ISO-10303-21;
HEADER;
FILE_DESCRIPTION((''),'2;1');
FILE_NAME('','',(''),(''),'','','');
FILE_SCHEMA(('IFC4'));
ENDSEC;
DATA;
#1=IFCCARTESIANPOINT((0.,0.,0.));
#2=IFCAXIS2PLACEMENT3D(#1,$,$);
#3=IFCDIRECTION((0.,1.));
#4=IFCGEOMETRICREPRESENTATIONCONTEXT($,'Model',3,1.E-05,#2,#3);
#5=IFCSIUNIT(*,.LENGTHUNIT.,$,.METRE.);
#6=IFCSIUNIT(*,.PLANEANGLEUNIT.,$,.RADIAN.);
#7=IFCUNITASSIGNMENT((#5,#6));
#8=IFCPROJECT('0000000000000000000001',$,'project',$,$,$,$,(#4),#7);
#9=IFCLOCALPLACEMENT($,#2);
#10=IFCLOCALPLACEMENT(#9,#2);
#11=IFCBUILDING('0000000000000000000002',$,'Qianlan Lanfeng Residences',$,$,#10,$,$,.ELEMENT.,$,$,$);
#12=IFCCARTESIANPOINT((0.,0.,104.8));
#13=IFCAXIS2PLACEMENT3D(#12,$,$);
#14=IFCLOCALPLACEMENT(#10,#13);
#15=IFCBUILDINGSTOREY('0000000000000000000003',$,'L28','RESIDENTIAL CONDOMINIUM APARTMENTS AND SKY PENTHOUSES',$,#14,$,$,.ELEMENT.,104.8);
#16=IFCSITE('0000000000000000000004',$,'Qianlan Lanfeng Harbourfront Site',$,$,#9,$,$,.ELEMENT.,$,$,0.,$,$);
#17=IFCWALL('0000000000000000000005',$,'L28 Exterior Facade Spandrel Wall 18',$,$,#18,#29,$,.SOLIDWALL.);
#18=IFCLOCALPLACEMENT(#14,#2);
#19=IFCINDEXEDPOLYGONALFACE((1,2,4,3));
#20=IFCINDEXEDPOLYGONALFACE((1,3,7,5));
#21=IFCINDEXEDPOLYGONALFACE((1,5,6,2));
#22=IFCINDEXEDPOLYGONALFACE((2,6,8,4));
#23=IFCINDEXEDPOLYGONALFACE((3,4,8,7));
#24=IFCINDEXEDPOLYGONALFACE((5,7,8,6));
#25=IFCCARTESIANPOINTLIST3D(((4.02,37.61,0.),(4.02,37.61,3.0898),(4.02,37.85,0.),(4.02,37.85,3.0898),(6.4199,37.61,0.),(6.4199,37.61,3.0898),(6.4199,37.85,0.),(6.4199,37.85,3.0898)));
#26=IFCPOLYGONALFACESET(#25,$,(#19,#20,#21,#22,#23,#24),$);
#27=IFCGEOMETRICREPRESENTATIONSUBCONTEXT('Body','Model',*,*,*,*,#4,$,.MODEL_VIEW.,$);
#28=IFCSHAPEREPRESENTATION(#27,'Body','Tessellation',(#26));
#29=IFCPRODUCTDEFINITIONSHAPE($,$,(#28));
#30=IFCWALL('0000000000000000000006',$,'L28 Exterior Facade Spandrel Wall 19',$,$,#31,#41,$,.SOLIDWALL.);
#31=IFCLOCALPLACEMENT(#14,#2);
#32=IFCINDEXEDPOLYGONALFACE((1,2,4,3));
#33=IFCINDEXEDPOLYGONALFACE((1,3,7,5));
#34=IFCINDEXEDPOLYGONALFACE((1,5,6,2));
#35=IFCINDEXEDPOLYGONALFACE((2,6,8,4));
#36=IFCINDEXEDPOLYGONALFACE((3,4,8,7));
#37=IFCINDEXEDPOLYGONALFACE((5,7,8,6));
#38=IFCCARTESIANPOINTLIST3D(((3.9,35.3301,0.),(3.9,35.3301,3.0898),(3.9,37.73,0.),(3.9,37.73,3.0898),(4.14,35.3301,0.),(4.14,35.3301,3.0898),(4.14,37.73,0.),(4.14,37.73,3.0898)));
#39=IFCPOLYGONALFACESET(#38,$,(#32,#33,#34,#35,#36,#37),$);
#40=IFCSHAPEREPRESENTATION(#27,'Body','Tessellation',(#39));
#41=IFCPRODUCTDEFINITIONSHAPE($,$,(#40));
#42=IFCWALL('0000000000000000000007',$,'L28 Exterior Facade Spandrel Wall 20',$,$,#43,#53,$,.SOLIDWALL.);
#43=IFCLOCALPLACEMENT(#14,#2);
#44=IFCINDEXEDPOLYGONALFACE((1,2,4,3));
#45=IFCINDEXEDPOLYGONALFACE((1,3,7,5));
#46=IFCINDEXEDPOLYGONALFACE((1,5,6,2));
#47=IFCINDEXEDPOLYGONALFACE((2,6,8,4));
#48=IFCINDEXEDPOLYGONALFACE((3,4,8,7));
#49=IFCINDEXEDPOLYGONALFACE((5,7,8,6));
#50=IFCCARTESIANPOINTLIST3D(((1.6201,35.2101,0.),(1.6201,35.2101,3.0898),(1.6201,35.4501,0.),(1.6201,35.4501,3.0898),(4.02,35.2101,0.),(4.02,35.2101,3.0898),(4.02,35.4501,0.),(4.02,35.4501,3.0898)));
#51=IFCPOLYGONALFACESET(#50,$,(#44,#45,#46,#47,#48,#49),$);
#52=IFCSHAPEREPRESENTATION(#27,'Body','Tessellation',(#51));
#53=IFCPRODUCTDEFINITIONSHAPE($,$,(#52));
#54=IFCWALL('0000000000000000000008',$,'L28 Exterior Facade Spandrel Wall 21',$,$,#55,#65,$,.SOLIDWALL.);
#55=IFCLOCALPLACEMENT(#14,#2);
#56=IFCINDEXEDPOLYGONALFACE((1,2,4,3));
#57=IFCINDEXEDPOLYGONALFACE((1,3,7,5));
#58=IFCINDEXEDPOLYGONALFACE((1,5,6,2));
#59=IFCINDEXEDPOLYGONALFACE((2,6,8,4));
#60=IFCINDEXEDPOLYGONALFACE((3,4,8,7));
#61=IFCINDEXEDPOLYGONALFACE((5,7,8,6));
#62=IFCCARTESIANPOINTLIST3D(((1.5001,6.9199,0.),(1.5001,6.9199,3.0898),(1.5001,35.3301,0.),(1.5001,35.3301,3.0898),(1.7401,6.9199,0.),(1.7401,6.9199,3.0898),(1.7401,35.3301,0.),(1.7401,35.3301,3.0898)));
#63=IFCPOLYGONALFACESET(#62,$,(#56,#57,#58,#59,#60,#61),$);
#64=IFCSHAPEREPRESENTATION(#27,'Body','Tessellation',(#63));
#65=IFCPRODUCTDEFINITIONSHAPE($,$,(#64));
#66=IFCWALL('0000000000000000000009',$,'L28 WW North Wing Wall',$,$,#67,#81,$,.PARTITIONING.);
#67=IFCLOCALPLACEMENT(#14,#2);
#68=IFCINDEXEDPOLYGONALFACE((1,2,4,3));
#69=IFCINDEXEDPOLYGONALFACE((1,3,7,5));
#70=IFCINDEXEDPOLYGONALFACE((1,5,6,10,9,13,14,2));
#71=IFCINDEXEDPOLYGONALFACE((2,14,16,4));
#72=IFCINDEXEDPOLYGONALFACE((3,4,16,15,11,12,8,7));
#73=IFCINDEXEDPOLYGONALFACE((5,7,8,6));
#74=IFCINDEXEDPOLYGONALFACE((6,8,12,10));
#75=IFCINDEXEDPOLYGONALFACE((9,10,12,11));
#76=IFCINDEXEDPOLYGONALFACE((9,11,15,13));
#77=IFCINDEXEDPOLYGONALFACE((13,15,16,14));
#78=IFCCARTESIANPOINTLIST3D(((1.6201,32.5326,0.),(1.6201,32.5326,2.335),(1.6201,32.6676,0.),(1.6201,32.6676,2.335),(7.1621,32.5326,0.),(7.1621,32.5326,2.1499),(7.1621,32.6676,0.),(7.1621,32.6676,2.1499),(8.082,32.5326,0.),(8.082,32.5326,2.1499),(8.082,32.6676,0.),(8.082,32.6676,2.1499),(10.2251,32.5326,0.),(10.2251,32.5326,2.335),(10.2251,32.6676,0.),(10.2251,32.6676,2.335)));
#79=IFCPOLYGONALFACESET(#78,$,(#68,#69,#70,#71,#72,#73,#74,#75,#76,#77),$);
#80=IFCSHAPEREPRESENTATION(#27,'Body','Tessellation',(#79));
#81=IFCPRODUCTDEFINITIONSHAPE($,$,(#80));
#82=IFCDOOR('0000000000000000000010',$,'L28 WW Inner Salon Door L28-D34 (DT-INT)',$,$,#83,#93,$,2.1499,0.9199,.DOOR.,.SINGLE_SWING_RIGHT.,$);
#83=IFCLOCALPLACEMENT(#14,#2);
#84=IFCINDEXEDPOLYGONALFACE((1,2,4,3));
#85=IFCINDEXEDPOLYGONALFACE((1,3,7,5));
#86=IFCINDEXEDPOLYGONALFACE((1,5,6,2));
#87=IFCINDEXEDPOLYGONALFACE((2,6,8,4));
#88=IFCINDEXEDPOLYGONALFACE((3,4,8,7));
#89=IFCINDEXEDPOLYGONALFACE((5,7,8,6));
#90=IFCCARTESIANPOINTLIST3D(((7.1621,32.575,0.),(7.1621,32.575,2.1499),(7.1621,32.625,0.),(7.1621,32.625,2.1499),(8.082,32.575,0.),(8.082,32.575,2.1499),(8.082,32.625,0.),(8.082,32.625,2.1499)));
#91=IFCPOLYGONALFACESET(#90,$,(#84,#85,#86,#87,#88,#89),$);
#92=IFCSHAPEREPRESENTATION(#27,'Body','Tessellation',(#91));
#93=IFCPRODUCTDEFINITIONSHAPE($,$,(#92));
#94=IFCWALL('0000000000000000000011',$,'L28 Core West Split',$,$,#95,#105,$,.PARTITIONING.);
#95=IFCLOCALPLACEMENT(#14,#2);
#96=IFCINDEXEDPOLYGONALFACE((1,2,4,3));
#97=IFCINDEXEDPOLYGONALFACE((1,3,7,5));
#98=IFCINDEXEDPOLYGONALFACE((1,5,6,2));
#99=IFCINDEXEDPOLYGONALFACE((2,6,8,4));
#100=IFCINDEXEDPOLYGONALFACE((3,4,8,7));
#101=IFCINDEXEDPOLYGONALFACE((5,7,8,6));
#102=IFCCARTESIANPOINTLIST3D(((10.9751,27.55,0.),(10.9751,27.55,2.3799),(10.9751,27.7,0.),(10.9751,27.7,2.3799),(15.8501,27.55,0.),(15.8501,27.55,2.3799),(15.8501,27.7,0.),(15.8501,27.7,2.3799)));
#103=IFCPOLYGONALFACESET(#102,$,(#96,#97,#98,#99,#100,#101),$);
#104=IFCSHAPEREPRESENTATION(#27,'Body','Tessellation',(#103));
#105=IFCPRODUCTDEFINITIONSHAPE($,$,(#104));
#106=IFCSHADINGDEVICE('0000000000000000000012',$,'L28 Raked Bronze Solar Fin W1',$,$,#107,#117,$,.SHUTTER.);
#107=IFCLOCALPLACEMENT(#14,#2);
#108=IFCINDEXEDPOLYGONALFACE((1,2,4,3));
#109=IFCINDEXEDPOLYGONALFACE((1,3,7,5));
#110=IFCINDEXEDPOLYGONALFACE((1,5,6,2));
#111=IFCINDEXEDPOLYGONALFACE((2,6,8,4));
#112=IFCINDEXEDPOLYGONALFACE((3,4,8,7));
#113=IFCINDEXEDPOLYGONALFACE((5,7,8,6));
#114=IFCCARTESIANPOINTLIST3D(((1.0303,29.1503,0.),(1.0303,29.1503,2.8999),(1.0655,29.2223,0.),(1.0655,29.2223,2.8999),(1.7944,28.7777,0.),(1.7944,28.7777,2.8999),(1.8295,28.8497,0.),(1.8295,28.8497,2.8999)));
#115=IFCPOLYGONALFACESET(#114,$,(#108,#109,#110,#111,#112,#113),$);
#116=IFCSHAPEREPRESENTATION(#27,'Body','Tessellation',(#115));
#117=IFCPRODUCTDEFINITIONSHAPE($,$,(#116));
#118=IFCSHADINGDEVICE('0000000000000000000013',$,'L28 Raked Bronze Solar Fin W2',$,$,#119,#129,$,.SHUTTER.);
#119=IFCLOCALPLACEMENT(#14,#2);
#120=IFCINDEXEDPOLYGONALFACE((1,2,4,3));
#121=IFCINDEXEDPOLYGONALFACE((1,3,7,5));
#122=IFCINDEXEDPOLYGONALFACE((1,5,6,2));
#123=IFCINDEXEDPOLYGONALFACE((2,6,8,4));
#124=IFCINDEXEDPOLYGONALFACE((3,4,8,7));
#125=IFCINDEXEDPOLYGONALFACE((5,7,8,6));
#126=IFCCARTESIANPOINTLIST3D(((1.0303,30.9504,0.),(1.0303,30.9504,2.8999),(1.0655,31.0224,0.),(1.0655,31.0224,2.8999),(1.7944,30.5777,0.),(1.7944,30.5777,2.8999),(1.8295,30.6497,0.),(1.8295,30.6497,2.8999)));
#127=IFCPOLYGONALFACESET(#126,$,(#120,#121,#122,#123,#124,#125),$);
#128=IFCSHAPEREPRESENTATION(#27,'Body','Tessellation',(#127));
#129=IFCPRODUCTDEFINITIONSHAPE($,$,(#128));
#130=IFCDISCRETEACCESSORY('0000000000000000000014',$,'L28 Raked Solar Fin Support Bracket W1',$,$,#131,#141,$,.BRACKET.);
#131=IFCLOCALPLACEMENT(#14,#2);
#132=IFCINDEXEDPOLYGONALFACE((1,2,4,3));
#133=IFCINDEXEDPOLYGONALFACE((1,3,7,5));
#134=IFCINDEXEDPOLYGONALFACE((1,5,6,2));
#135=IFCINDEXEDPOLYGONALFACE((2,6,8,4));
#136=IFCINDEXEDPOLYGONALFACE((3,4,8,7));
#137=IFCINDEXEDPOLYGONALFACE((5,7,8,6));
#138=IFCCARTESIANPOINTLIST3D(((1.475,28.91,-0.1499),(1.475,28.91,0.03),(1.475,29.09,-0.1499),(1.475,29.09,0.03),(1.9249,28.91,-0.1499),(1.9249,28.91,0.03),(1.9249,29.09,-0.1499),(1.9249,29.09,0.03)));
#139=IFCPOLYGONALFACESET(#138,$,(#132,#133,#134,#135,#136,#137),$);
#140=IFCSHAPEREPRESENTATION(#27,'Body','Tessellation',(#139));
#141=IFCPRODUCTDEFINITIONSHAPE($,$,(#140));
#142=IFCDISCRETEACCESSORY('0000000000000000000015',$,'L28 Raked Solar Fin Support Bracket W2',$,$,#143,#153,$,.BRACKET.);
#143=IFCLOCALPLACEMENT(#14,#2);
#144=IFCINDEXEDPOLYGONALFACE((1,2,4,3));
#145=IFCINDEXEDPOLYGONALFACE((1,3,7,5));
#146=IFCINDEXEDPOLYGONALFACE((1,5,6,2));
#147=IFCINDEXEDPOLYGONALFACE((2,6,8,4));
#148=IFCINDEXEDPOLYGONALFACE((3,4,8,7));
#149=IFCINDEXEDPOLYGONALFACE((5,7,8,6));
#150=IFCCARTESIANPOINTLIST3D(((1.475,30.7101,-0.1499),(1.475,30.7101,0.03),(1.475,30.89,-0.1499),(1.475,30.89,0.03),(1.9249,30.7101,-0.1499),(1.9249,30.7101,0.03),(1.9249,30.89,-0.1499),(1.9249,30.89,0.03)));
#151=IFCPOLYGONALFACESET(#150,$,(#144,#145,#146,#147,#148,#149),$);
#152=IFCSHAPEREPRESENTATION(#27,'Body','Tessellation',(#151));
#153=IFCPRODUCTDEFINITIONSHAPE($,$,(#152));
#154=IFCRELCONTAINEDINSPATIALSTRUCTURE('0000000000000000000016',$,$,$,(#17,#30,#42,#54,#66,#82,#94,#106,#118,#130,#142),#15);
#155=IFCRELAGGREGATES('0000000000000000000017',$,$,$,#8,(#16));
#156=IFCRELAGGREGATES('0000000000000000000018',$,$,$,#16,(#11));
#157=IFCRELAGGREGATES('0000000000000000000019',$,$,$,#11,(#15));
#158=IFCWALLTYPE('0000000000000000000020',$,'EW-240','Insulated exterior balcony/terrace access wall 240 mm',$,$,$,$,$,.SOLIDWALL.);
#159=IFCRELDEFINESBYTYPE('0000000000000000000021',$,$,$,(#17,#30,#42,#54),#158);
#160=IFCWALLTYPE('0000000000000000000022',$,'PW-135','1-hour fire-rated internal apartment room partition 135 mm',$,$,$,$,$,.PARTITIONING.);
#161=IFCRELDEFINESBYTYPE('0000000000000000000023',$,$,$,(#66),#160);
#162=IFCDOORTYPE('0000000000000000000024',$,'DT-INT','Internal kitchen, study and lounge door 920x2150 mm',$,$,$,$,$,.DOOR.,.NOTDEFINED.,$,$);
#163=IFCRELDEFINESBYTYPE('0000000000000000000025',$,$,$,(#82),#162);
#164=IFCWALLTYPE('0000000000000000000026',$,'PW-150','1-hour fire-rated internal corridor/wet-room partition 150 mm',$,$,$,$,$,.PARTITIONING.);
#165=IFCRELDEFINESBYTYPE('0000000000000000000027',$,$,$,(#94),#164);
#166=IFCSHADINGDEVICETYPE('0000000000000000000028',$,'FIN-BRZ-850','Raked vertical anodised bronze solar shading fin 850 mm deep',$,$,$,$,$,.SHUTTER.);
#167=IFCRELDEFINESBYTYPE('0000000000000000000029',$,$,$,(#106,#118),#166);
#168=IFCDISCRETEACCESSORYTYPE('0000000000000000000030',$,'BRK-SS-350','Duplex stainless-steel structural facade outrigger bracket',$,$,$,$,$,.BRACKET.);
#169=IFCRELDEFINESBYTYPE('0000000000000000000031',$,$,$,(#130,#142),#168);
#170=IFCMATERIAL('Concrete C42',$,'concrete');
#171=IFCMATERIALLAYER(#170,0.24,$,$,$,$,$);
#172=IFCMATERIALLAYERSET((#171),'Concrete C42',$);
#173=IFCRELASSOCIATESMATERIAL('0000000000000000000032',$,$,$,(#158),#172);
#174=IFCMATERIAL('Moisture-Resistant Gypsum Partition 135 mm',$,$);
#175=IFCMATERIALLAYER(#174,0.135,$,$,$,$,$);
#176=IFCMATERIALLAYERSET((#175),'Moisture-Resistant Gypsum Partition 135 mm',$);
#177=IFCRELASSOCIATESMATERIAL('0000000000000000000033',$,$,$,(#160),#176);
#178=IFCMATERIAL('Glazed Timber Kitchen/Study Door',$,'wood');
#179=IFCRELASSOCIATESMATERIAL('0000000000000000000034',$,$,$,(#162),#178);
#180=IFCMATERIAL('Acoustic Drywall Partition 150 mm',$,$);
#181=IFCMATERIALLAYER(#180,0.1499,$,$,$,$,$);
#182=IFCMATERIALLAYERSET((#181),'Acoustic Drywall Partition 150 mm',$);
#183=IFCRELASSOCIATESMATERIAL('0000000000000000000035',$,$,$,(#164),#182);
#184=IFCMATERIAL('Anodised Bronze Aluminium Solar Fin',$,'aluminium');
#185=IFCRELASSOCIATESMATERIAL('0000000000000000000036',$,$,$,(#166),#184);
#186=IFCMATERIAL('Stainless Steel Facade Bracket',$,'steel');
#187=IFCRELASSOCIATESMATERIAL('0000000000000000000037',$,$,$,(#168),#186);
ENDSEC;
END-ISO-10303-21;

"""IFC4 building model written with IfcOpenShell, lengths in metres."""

from ifc_helpers import new_model, si_unit, direction, frame, frame_2d, origin, origin_2d, place, context, subcontext, project, spatial, rectangle, extrude, source, transform, mapped, material, layer, layer_set, type_object, element, fill, save


model = new_model("IFC4")

# Units and contexts
model_context = context("Model", 3, precision=1e-05, world=origin(), true_north=direction((0.0, 1.0)))
body_context = subcontext(model_context, "Body", "Model", "MODEL_VIEW")
ifc_project = project(units=[si_unit("LENGTHUNIT", "METRE"), si_unit("PLANEANGLEUNIT", "RADIAN")], contexts=[model_context])

# Site, building, storey
site_placement = place(None, origin())
site = spatial("IfcSite", under=ifc_project, at=site_placement, Name="Qianlan Lanfeng Harbourfront Site", CompositionType="ELEMENT", RefElevation=0.0)
building_placement = place(site_placement, origin())
building = spatial("IfcBuilding", under=site, at=building_placement, Name="Qianlan Lanfeng Residences", CompositionType="ELEMENT")
storey_placement = place(building_placement, frame((0.0, 0.0, 104.8)))
storey = spatial("IfcBuildingStorey", under=building, at=storey_placement, Name="L28", Description="RESIDENTIAL CONDOMINIUM APARTMENTS AND SKY PENTHOUSES", CompositionType="ELEMENT", Elevation=104.8)

# Walls
ifc_material_1 = material(Name="Concrete C42", Category="concrete")
ifc_layer_1 = layer(ifc_material_1, 0.24)
ifc_layer_set_1 = layer_set([ifc_layer_1], Name="Concrete C42")
wall_type_1 = type_object("IfcWallType", Name="EW-240", Description="Insulated exterior balcony/terrace access wall 240 mm", PredefinedType="SOLIDWALL", material=ifc_layer_set_1)
for number, where, z_axis, x_axis, name in (
    (1, (6.4199, 37.73, 0.0), (0.0, 0.0, 1.0), (-1.0, 0.0, 0.0), "L28 Exterior Facade Spandrel Wall 18"),
    (2, (4.02, 37.73, 0.0), (0.0, 0.0, 1.0), (0.0, -1.0, 0.0), "L28 Exterior Facade Spandrel Wall 19"),
    (3, (4.02, 35.3301, 0.0), (0.0, 0.0, 1.0), (-1.0, 0.0, 0.0), "L28 Exterior Facade Spandrel Wall 20"),
):
    element("IfcWall", number, at=place(storey_placement, frame(where, z_axis=z_axis, x_axis=x_axis)), inside=storey, type_object=wall_type_1, Name=name, PredefinedType="SOLIDWALL", context=body_context, shape_type="SweptSolid", body=[
        extrude(rectangle(XDim=2.3999, YDim=0.24, at=frame_2d((1.2, 0.0))), origin(), (0.0, 0.0, 1.0), 3.0898),
    ])
wall_1_placement = place(storey_placement, frame((1.6201, 35.3301, 0.0), z_axis=(0.0, 0.0, 1.0), x_axis=(0.0, -1.0, 0.0)))
element("IfcWall", 4, at=wall_1_placement, inside=storey, type_object=wall_type_1, Name="L28 Exterior Facade Spandrel Wall 21", PredefinedType="SOLIDWALL", context=body_context, shape_type="SweptSolid", body=[
    extrude(rectangle(XDim=28.4102, YDim=0.24, at=frame_2d((14.2051, 0.0))), origin(), (0.0, 0.0, 1.0), 3.0898),
])

# Wall, opening, door
ifc_material_2 = material(Name="Moisture-Resistant Gypsum Partition 135 mm")
ifc_layer_2 = layer(ifc_material_2, 0.135)
ifc_layer_set_2 = layer_set([ifc_layer_2], Name="Moisture-Resistant Gypsum Partition 135 mm")
wall_type_2 = type_object("IfcWallType", Name="PW-135", Description="1-hour fire-rated internal apartment room partition 135 mm", PredefinedType="PARTITIONING", material=ifc_layer_set_2)
wall_2_placement = place(storey_placement, frame((1.6201, 32.6001, 0.0), z_axis=(0.0, 0.0, 1.0), x_axis=(1.0, 0.0, 0.0)))
wall_2 = element("IfcWall", 5, at=wall_2_placement, inside=storey, type_object=wall_type_2, Name="L28 WW North Wing Wall", PredefinedType="PARTITIONING", context=body_context, shape_type="SweptSolid", body=[
    extrude(rectangle(XDim=8.605, YDim=0.135, at=frame_2d((4.3025, 0.0))), origin(), (0.0, 0.0, 1.0), 2.335),
])
opening_1_placement = place(wall_2_placement, frame((5.542, 0.0, 0.0)))
opening_1 = element("IfcOpeningElement", 6, at=opening_1_placement, cuts=wall_2, PredefinedType="OPENING", context=body_context, shape_type="SweptSolid", body=[
    extrude(rectangle(XDim=0.9199, YDim=2.1499, at=frame_2d((0.46, 1.075))), frame((0.0, 0.0776, 0.0), z_axis=(0.0, -1.0, 0.0), x_axis=(1.0, 0.0, 0.0)), (0.0, 0.0, 1.0), 0.155),
])
ifc_material_3 = material(Name="Glazed Timber Kitchen/Study Door", Category="wood")
door_type_1 = type_object("IfcDoorType", Name="DT-INT", Description="Internal kitchen, study and lounge door 920x2150 mm", OperationType="NOTDEFINED", PredefinedType="DOOR", material=ifc_material_3)
door_1_placement = place(opening_1_placement, origin())
door_1 = element("IfcDoor", 7, at=door_1_placement, inside=storey, type_object=door_type_1, Name="L28 WW Inner Salon Door L28-D34 (DT-INT)", OperationType="SINGLE_SWING_RIGHT", OverallHeight=2.1499, OverallWidth=0.9199, PredefinedType="DOOR", context=body_context, shape_type="SweptSolid", body=[
    extrude(rectangle(XDim=0.9199, YDim=2.1499, at=frame_2d((0.46, 1.075))), frame((0.0, 0.0249, 0.0), z_axis=(0.0, -1.0, 0.0), x_axis=(1.0, 0.0, 0.0)), (0.0, 0.0, 1.0), 0.05),
])
fill(opening_1, door_1)

# Wall
ifc_material_4 = material(Name="Acoustic Drywall Partition 150 mm")
ifc_layer_3 = layer(ifc_material_4, 0.1499)
ifc_layer_set_3 = layer_set([ifc_layer_3], Name="Acoustic Drywall Partition 150 mm")
wall_type_3 = type_object("IfcWallType", Name="PW-150", Description="1-hour fire-rated internal corridor/wet-room partition 150 mm", PredefinedType="PARTITIONING", material=ifc_layer_set_3)
wall_3_placement = place(storey_placement, frame((10.9751, 27.625, 0.0), z_axis=(0.0, 0.0, 1.0), x_axis=(1.0, 0.0, 0.0)))
element("IfcWall", 8, at=wall_3_placement, inside=storey, type_object=wall_type_3, Name="L28 Core West Split", PredefinedType="PARTITIONING", context=body_context, shape_type="SweptSolid", body=[
    extrude(rectangle(XDim=4.875, YDim=0.1499, at=frame_2d((2.4375, 0.0))), origin(), (0.0, 0.0, 1.0), 2.3799),
])

# Shading devices
ifc_material_5 = material(Name="Anodised Bronze Aluminium Solar Fin", Category="aluminium")
shading_device_type = type_object("IfcShadingDeviceType", Name="FIN-BRZ-850", Description="Raked vertical anodised bronze solar shading fin 850 mm deep", PredefinedType="SHUTTER", material=ifc_material_5)
shared_shape_1 = source(origin(), body_context, "Body", "SweptSolid", [
    extrude(rectangle(XDim=0.8501, YDim=0.0801, at=origin_2d()), origin(), (0.0, 0.0, 1.0), 2.8999),
])
for number, where, z_axis, x_axis, name in (
    (9, (1.4299, 29.0, 0.0), (0.0, 0.0, 1.0), (0.898794, -0.438371, 0.0), "L28 Raked Bronze Solar Fin W1"),
    (10, (1.4299, 30.8, 0.0), (0.0, 0.0, 1.0), (0.898794, -0.438371, 0.0), "L28 Raked Bronze Solar Fin W2"),
):
    element("IfcShadingDevice", number, at=place(storey_placement, frame(where, z_axis=z_axis, x_axis=x_axis)), inside=storey, type_object=shading_device_type, Name=name, PredefinedType="SHUTTER", context=body_context, shape_type="MappedRepresentation", body=[
        mapped(shared_shape_1, transform((0.0, 0.0, 0.0), scale=1.0)),
    ])

# Discrete accessories
ifc_material_6 = material(Name="Stainless Steel Facade Bracket", Category="steel")
discrete_accessory_type = type_object("IfcDiscreteAccessoryType", Name="BRK-SS-350", Description="Duplex stainless-steel structural facade outrigger bracket", PredefinedType="BRACKET", material=ifc_material_6)
shared_shape_2 = source(origin(), body_context, "Body", "SweptSolid", [
    extrude(rectangle(XDim=0.45, YDim=0.1799, at=origin_2d()), origin(), (0.0, 0.0, 1.0), 0.1799),
])
for number, where, z_axis, x_axis, name in (
    (11, (1.7, 29.0, -0.1499), (0.0, 0.0, 1.0), (1.0, 0.0, 0.0), "L28 Raked Solar Fin Support Bracket W1"),
    (12, (1.7, 30.8, -0.1499), (0.0, 0.0, 1.0), (1.0, 0.0, 0.0), "L28 Raked Solar Fin Support Bracket W2"),
):
    element("IfcDiscreteAccessory", number, at=place(storey_placement, frame(where, z_axis=z_axis, x_axis=x_axis)), inside=storey, type_object=discrete_accessory_type, Name=name, PredefinedType="BRACKET", context=body_context, shape_type="MappedRepresentation", body=[
        mapped(shared_shape_2, transform((0.0, 0.0, 0.0), scale=1.0)),
    ])

save(model, "model.ifc")
